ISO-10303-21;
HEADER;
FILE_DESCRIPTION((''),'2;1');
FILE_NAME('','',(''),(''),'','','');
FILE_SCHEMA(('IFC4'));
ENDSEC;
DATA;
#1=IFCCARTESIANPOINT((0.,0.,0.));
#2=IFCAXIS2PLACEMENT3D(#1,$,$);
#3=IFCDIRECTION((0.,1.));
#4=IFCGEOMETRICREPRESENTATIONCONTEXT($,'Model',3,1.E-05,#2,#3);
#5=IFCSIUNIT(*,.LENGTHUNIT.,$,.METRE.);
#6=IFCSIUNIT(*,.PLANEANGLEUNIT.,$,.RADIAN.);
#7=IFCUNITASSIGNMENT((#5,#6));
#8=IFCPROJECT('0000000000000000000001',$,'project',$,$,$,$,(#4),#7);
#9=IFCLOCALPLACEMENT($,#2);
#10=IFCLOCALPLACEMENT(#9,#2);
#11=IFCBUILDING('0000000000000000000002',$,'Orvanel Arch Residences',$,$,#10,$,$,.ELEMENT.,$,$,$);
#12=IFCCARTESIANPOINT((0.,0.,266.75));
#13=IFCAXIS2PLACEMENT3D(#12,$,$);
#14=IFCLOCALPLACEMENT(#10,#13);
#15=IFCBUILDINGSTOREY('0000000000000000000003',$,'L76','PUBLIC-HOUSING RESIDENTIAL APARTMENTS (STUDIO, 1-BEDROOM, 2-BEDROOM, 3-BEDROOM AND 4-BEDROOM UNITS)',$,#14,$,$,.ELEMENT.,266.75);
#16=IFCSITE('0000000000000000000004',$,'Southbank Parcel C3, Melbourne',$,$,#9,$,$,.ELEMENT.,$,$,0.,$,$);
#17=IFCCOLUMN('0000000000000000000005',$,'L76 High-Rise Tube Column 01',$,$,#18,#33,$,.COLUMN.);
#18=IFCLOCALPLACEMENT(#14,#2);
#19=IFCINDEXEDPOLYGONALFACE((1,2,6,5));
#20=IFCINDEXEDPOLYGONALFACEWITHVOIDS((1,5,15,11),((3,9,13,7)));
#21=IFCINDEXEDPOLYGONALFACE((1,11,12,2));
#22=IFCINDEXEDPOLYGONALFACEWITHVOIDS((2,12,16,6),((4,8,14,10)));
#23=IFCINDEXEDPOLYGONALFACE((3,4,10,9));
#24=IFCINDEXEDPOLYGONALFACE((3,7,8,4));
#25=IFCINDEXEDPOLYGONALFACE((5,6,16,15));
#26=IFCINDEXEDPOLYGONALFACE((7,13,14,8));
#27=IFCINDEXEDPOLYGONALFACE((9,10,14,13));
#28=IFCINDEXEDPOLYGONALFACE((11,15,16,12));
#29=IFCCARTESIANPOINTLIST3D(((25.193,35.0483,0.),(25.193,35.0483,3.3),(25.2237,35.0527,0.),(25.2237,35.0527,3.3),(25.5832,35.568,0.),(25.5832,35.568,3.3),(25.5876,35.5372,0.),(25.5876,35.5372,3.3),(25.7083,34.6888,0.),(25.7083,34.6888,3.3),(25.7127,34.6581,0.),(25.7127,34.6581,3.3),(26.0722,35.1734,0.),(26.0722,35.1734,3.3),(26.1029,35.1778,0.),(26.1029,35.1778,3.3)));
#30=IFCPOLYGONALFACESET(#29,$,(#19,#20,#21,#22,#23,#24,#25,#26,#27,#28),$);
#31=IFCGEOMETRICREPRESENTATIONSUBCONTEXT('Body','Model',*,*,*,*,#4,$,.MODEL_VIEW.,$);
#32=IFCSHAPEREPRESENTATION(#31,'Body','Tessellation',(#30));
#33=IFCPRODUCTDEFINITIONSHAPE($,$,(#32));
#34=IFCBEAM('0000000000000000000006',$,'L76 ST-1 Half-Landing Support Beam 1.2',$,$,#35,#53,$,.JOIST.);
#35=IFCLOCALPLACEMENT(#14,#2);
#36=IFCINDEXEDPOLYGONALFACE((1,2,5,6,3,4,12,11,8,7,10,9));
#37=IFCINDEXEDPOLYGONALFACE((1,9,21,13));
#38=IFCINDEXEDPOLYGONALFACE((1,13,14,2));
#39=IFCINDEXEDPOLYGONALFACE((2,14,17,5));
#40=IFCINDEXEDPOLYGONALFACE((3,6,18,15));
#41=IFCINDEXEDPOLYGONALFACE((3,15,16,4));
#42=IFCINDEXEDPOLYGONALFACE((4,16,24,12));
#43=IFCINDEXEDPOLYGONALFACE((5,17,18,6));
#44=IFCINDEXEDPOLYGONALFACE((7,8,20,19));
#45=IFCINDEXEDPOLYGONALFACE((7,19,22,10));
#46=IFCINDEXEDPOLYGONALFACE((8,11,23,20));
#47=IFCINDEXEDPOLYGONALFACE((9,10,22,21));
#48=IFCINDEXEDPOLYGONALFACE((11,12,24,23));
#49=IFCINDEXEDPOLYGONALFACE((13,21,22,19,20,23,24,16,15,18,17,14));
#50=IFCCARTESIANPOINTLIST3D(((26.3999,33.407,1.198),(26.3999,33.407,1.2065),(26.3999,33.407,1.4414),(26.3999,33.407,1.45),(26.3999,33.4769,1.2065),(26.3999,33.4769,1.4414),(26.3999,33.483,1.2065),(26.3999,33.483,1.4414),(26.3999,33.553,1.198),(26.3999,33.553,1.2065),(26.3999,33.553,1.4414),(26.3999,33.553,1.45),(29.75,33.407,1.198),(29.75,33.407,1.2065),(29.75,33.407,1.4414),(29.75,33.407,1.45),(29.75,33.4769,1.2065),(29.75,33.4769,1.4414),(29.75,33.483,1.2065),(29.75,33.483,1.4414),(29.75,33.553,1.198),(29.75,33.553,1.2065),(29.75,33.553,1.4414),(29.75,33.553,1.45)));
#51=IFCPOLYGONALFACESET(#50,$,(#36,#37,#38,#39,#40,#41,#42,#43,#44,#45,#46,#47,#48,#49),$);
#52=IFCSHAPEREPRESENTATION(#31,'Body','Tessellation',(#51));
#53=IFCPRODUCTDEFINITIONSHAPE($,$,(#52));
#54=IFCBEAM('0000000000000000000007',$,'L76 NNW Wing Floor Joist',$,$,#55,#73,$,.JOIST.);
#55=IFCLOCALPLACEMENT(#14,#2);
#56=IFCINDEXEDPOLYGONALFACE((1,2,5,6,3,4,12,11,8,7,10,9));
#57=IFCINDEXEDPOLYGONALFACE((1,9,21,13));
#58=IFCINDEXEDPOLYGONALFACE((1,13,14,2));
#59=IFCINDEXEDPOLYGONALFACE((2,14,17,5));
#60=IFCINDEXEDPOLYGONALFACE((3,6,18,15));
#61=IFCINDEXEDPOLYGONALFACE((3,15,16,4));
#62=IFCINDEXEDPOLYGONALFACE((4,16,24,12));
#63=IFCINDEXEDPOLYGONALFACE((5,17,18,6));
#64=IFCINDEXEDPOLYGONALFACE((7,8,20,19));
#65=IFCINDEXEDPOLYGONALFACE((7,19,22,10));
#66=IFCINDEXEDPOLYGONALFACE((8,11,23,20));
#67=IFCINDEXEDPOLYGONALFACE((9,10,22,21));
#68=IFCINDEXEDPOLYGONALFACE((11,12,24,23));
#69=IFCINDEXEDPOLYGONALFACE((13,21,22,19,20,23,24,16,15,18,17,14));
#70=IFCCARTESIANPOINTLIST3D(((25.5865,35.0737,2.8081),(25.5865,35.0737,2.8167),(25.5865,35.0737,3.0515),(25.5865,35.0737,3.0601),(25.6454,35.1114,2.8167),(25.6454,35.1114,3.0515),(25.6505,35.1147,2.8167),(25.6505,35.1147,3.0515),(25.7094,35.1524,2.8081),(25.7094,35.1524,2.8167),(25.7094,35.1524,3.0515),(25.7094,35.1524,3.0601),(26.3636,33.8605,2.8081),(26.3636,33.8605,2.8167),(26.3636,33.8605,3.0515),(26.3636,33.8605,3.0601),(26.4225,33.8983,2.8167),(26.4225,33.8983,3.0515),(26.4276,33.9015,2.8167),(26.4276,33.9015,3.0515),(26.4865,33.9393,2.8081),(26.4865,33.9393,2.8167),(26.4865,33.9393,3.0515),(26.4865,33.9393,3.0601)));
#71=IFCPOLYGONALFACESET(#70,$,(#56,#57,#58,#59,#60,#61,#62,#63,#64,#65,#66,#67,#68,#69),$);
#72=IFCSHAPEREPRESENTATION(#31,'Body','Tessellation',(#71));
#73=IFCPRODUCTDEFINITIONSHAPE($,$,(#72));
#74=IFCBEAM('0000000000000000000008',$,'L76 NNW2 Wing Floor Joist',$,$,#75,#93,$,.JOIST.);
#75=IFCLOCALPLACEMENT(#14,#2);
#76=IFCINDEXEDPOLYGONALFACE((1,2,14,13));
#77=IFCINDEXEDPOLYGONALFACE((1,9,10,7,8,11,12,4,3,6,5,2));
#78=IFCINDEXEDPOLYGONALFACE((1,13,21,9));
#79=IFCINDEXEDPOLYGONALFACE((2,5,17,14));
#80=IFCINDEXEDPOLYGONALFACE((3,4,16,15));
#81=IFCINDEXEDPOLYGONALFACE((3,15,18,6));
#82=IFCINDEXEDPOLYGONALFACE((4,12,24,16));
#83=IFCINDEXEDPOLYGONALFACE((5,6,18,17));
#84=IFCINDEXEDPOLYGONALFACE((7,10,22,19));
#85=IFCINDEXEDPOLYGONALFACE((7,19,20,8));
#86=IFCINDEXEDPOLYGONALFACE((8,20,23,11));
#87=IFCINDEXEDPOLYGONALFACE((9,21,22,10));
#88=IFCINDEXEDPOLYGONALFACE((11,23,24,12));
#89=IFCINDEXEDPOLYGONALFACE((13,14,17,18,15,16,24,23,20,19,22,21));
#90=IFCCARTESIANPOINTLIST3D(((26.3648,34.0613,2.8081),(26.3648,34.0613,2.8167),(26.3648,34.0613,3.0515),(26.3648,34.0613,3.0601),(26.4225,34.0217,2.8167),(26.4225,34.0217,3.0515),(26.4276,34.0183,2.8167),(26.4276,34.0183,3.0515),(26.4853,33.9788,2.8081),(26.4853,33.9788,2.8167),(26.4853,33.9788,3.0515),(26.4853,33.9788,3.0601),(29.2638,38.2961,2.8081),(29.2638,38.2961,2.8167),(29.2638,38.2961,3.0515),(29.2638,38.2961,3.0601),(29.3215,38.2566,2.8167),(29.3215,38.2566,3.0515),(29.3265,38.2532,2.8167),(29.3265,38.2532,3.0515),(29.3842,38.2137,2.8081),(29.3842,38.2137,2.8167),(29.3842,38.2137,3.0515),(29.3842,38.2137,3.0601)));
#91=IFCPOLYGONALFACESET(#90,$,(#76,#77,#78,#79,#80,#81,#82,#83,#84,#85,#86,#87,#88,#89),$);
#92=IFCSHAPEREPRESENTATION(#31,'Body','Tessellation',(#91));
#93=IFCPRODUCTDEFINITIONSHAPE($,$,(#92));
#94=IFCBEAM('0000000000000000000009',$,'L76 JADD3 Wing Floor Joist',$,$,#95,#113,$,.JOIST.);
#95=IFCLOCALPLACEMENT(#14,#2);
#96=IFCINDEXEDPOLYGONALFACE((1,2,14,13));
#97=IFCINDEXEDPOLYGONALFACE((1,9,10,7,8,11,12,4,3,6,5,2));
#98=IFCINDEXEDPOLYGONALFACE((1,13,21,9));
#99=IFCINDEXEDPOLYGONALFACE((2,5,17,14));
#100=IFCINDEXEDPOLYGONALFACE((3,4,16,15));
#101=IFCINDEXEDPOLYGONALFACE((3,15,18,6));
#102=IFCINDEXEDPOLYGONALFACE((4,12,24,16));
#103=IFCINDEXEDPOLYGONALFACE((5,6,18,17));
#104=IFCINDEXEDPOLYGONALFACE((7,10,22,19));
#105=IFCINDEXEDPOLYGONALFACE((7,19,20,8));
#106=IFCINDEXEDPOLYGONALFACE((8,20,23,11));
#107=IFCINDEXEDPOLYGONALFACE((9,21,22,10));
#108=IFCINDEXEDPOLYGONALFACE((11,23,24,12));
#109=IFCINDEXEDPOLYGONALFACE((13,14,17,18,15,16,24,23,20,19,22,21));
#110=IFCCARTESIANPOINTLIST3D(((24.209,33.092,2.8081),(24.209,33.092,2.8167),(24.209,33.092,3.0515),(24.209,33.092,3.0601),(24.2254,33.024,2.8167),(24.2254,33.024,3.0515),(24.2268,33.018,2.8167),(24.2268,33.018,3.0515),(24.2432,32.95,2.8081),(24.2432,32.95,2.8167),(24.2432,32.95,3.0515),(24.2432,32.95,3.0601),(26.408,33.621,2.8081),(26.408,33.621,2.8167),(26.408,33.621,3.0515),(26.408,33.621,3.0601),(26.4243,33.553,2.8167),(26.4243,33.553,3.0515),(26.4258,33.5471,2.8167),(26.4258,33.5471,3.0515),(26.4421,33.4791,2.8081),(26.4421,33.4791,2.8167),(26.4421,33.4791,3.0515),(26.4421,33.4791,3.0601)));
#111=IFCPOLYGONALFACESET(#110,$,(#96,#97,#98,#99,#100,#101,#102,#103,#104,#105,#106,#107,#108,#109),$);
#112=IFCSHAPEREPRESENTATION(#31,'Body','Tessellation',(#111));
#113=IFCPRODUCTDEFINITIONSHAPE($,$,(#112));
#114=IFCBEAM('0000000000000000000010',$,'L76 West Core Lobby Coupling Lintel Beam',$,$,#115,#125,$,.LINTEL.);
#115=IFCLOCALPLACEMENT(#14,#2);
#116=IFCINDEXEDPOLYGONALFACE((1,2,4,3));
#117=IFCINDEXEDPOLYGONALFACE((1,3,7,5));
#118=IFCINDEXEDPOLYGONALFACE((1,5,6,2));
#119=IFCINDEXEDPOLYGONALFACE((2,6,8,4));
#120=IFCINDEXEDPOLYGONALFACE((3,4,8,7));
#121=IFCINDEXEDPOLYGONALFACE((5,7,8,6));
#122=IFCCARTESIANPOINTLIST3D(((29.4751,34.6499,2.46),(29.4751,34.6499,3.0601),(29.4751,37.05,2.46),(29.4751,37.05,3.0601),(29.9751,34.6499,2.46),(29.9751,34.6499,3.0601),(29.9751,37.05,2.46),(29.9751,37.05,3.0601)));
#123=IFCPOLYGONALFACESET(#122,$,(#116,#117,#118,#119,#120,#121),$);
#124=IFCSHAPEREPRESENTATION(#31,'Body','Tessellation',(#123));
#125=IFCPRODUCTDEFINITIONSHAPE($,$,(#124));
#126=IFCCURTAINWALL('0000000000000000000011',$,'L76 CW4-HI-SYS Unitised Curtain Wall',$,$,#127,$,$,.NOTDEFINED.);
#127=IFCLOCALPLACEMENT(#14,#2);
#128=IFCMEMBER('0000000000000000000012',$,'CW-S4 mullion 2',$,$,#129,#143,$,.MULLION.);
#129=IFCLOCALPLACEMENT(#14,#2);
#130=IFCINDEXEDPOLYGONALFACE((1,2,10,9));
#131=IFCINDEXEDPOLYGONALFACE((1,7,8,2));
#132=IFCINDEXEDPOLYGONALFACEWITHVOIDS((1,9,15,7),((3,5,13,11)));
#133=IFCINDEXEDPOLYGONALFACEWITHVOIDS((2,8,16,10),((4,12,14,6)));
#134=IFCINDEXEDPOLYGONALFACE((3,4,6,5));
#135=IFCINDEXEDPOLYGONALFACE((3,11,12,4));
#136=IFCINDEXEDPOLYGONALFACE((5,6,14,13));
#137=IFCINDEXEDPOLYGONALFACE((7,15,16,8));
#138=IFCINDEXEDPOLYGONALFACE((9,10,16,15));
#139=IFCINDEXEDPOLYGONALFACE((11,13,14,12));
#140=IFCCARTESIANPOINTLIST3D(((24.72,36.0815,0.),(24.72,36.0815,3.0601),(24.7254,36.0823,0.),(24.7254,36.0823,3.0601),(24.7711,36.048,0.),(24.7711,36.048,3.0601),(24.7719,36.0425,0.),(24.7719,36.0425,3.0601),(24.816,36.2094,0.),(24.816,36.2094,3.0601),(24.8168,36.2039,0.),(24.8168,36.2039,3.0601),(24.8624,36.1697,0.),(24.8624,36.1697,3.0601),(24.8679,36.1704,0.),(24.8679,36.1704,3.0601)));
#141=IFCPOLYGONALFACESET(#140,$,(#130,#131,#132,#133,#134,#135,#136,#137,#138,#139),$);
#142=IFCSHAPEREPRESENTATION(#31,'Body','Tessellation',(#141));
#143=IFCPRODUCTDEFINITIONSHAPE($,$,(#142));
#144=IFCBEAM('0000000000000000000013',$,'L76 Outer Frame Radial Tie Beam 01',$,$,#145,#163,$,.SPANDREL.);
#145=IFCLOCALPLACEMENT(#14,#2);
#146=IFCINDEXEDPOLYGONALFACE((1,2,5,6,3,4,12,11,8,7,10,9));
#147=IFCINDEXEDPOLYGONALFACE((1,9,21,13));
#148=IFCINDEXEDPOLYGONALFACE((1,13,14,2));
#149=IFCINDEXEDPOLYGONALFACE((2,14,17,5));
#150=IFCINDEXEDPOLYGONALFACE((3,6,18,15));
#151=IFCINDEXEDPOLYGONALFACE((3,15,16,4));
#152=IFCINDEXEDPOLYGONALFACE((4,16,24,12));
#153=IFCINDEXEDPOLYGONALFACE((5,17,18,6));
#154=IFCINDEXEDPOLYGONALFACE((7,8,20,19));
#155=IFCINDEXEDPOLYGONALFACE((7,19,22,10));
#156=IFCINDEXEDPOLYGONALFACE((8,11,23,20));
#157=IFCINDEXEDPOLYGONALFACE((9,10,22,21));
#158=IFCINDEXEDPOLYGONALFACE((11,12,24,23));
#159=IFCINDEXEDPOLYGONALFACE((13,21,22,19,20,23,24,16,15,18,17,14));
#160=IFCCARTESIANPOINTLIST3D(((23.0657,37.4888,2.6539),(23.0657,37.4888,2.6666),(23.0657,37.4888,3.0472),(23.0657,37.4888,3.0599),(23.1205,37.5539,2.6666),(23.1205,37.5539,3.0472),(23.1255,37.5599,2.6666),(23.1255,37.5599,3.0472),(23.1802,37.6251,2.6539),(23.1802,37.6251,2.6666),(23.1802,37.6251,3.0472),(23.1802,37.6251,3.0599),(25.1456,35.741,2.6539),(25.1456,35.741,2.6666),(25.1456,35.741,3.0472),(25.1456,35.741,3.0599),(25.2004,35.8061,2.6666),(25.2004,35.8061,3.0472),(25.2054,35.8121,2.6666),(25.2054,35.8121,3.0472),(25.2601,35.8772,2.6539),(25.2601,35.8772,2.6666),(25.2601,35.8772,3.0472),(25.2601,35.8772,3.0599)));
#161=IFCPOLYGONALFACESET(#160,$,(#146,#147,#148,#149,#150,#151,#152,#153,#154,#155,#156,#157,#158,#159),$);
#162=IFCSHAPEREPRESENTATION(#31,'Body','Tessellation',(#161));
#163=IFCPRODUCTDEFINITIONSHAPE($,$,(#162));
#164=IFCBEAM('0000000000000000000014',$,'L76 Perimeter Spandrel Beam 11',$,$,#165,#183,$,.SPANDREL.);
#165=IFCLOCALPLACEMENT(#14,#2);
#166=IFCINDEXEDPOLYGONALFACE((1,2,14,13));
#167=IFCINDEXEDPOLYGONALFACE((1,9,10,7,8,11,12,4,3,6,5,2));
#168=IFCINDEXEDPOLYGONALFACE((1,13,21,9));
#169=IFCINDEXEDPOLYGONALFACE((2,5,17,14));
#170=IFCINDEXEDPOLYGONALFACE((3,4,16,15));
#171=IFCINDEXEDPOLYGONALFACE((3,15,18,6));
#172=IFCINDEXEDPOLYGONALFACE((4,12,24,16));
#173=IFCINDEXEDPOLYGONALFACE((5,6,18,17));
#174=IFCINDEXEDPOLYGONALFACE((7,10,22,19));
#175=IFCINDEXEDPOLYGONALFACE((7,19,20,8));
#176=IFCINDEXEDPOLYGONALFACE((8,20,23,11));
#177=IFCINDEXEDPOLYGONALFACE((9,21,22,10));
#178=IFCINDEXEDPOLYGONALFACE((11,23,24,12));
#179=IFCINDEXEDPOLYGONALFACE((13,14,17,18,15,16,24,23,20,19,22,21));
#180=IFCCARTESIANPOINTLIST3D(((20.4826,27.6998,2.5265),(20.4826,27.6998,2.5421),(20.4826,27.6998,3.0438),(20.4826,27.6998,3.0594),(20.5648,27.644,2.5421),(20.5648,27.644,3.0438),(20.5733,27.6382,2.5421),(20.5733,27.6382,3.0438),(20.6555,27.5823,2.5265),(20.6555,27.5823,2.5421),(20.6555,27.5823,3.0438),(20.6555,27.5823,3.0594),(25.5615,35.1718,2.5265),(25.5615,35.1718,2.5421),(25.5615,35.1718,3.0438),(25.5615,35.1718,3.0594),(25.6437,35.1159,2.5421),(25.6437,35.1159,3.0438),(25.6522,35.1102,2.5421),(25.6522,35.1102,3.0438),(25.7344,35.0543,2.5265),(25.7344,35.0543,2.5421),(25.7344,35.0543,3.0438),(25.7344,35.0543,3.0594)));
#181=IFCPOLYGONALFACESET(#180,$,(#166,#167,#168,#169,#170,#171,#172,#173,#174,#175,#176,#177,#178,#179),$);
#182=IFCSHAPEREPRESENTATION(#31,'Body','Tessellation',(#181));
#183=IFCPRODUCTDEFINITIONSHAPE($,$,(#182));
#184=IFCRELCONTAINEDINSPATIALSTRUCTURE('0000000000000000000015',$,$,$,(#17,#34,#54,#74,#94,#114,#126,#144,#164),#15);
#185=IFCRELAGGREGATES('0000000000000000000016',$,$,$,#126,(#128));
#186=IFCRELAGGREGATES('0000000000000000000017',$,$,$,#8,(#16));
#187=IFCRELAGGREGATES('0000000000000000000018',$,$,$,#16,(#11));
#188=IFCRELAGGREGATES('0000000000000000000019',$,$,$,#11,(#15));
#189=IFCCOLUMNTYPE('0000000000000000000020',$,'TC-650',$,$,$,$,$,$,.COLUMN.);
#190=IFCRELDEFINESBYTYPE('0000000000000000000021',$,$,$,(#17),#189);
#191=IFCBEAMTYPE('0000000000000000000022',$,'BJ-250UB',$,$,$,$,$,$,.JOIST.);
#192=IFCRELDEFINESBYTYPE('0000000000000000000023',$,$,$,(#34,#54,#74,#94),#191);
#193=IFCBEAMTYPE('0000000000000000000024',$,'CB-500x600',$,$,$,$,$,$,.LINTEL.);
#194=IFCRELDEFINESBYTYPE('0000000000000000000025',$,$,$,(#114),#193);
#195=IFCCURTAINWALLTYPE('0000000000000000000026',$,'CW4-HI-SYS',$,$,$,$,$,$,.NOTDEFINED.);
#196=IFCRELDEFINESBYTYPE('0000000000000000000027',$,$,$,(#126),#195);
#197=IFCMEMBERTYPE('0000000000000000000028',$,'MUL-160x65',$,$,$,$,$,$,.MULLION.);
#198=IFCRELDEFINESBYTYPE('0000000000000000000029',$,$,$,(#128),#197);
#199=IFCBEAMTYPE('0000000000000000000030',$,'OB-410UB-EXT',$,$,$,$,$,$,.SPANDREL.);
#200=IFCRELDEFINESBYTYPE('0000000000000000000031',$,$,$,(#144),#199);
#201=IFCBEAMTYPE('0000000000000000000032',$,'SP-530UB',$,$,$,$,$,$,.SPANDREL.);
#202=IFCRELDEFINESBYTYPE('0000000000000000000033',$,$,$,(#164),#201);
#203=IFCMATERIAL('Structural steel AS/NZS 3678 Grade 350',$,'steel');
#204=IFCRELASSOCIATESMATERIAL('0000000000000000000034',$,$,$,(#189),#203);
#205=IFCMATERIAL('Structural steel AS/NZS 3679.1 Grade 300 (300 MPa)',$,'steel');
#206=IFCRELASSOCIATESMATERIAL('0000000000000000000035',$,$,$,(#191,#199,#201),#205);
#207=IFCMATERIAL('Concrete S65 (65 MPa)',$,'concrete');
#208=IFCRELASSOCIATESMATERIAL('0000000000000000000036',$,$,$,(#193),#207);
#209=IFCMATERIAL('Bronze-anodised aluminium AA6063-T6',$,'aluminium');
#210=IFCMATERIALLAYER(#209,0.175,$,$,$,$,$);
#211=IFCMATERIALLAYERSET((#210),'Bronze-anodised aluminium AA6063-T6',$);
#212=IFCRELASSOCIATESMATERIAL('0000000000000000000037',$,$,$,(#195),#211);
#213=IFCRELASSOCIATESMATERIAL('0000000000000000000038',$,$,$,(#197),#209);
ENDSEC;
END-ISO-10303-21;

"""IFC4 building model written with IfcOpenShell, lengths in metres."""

from ifc_helpers import new_model, si_unit, direction, frame, origin, origin_2d, place, context, subcontext, project, spatial, rectangle, hollow_rectangle, i_section, extrude, material, layer, layer_set, material_profile, profile_set, type_object, element, aggregate, save


model = new_model("IFC4")

# Units and contexts
model_context = context("Model", 3, precision=1e-05, world=origin(), true_north=direction((0.0, 1.0)))
body_context = subcontext(model_context, "Body", "Model", "MODEL_VIEW")
ifc_project = project(units=[si_unit("LENGTHUNIT", "METRE"), si_unit("PLANEANGLEUNIT", "RADIAN")], contexts=[model_context])

# Site, building, storey
site_placement = place(None, origin())
site = spatial("IfcSite", under=ifc_project, at=site_placement, Name="Southbank Parcel C3, Melbourne", CompositionType="ELEMENT", RefElevation=0.0)
building_placement = place(site_placement, origin())
building = spatial("IfcBuilding", under=site, at=building_placement, Name="Orvanel Arch Residences", CompositionType="ELEMENT")
storey_placement = place(building_placement, frame((0.0, 0.0, 266.75)))
storey = spatial("IfcBuildingStorey", under=building, at=storey_placement, Name="L76", Description="PUBLIC-HOUSING RESIDENTIAL APARTMENTS (STUDIO, 1-BEDROOM, 2-BEDROOM, 3-BEDROOM AND 4-BEDROOM UNITS)", CompositionType="ELEMENT", Elevation=266.75)

# Column
ifc_material_1 = material(Name="Structural steel AS/NZS 3678 Grade 350", Category="steel")
ifc_material_profile_1 = material_profile(ifc_material_1, hollow_rectangle(XDim=0.6499, YDim=0.6499, WallThickness=0.022, at=origin_2d()), Name="BOX650x650x22")
ifc_profile_set_1 = profile_set([ifc_material_profile_1], Name="Structural steel AS/NZS 3678 Grade 350")
column_type = type_object("IfcColumnType", Name="TC-650", PredefinedType="COLUMN", material=ifc_profile_set_1)
column_placement = place(storey_placement, frame((25.6479, 35.113, 0.0), z_axis=(0.0, 0.0, 1.0), x_axis=(0.60042, 0.799685, 0.0)))
element("IfcColumn", 1, at=column_placement, inside=storey, type_object=column_type, Name="L76 High-Rise Tube Column 01", PredefinedType="COLUMN", context=body_context, shape_type="SweptSolid", body=[
    extrude(hollow_rectangle(XDim=0.6499, YDim=0.6499, WallThickness=0.022, at=origin_2d()), origin(), (0.0, 0.0, 1.0), 3.3),
])

# Beams
ifc_material_2 = material(Name="Structural steel AS/NZS 3679.1 Grade 300 (300 MPa)", Category="steel")
ifc_material_profile_2 = material_profile(ifc_material_2, i_section(OverallWidth=0.146, OverallDepth=0.252, WebThickness=0.0061, FlangeThickness=0.0085, at=origin_2d()), Name="250UB31.4")
ifc_profile_set_2 = profile_set([ifc_material_profile_2], Name="Structural steel AS/NZS 3679.1 Grade 300 (300 MPa)")
beam_type_1 = type_object("IfcBeamType", Name="BJ-250UB", PredefinedType="JOIST", material=ifc_profile_set_2)
beam_1_placement = place(storey_placement, frame((26.3999, 33.48, 1.324), z_axis=(1.0, 0.0, 0.0), x_axis=(0.0, 1.0, 0.0)))
element("IfcBeam", 2, at=beam_1_placement, inside=storey, type_object=beam_type_1, Name="L76 ST-1 Half-Landing Support Beam 1.2", PredefinedType="JOIST", context=body_context, shape_type="SweptSolid", body=[
    extrude(i_section(OverallWidth=0.146, OverallDepth=0.252, WebThickness=0.0061, FlangeThickness=0.0085, at=origin_2d()), origin(), (0.0, 0.0, 1.0), 3.3501),
])
beam_2_placement = place(storey_placement, frame((26.425, 33.8999, 2.9341), z_axis=(-0.539395, 0.842053, 0.0), x_axis=(-0.842053, -0.539395, 0.0)))
element("IfcBeam", 3, at=beam_2_placement, inside=storey, type_object=beam_type_1, Name="L76 NNW Wing Floor Joist", PredefinedType="JOIST", context=body_context, shape_type="SweptSolid", body=[
    extrude(i_section(OverallWidth=0.146, OverallDepth=0.252, WebThickness=0.0061, FlangeThickness=0.0085, at=origin_2d()), origin(), (0.0, 0.0, 1.0), 1.4407),
])
beam_3_placement = place(storey_placement, frame((26.425, 34.02, 2.9341), z_axis=(0.564868, 0.825181, 0.0), x_axis=(-0.825181, 0.564868, 0.0)))
element("IfcBeam", 4, at=beam_3_placement, inside=storey, type_object=beam_type_1, Name="L76 NNW2 Wing Floor Joist", PredefinedType="JOIST", context=body_context, shape_type="SweptSolid", body=[
    extrude(i_section(OverallWidth=0.146, OverallDepth=0.252, WebThickness=0.0061, FlangeThickness=0.0085, at=origin_2d()), origin(), (0.0, 0.0, 1.0), 5.1321),
])
beam_4_placement = place(storey_placement, frame((26.425, 33.55, 2.9341), z_axis=(-0.972257, -0.233916, 0.0), x_axis=(0.233916, -0.972257, 0.0)))
element("IfcBeam", 5, at=beam_4_placement, inside=storey, type_object=beam_type_1, Name="L76 JADD3 Wing Floor Joist", PredefinedType="JOIST", context=body_context, shape_type="SweptSolid", body=[
    extrude(i_section(OverallWidth=0.146, OverallDepth=0.252, WebThickness=0.0061, FlangeThickness=0.0085, at=origin_2d()), origin(), (0.0, 0.0, 1.0), 2.2617),
])
ifc_material_3 = material(Name="Concrete S65 (65 MPa)", Category="concrete")
ifc_material_profile_3 = material_profile(ifc_material_3, rectangle(XDim=0.5, YDim=0.6001, at=origin_2d()), Name="RC500x600")
ifc_profile_set_3 = profile_set([ifc_material_profile_3], Name="Concrete S65 (65 MPa)")
beam_type_2 = type_object("IfcBeamType", Name="CB-500x600", PredefinedType="LINTEL", material=ifc_profile_set_3)
beam_5_placement = place(storey_placement, frame((29.7251, 34.6499, 2.76), z_axis=(0.0, 1.0, 0.0), x_axis=(-1.0, 0.0, 0.0)))
element("IfcBeam", 6, at=beam_5_placement, inside=storey, type_object=beam_type_2, Name="L76 West Core Lobby Coupling Lintel Beam", PredefinedType="LINTEL", context=body_context, shape_type="SweptSolid", body=[
    extrude(rectangle(XDim=0.5, YDim=0.6001, at=origin_2d()), origin(), (0.0, 0.0, 1.0), 2.4001),
])

# Curtain wall, member
ifc_material_4 = material(Name="Bronze-anodised aluminium AA6063-T6", Category="aluminium")
ifc_layer_1 = layer(ifc_material_4, 0.175)
ifc_layer_set_1 = layer_set([ifc_layer_1], Name="Bronze-anodised aluminium AA6063-T6")
curtain_wall_type = type_object("IfcCurtainWallType", Name="CW4-HI-SYS", PredefinedType="NOTDEFINED", material=ifc_layer_set_1)
curtain_wall_placement = place(storey_placement, origin())
curtain_wall = element("IfcCurtainWall", 7, at=curtain_wall_placement, inside=storey, type_object=curtain_wall_type, Name="L76 CW4-HI-SYS Unitised Curtain Wall", PredefinedType="NOTDEFINED")
ifc_material_profile_4 = material_profile(ifc_material_4, hollow_rectangle(XDim=0.0649, YDim=0.1599, WallThickness=0.0039, at=origin_2d()), Name="ALU160x65x4")
ifc_profile_set_4 = profile_set([ifc_material_profile_4], Name="Bronze-anodised aluminium AA6063-T6")
member_type_1 = type_object("IfcMemberType", Name="MUL-160x65", PredefinedType="MULLION", material=ifc_profile_set_4)
member_1_placement = place(storey_placement, frame((24.7939, 36.126, 0.0), z_axis=(0.0, 0.0, 1.0), x_axis=(0.799772, -0.600304, 0.0)))
member_1 = element("IfcMember", 8, at=member_1_placement, type_object=member_type_1, Name="CW-S4 mullion 2", PredefinedType="MULLION", context=body_context, shape_type="SweptSolid", body=[
    extrude(hollow_rectangle(XDim=0.0649, YDim=0.1599, WallThickness=0.0039, at=origin_2d()), origin(), (0.0, 0.0, 1.0), 3.0601),
])

# Beams
ifc_material_profile_5 = material_profile(ifc_material_2, i_section(OverallWidth=0.178, OverallDepth=0.406, WebThickness=0.0078, FlangeThickness=0.0127, at=origin_2d()), Name="410UB59.7")
ifc_profile_set_5 = profile_set([ifc_material_profile_5], Name="Structural steel AS/NZS 3679.1 Grade 300 (300 MPa)")
beam_type_3 = type_object("IfcBeamType", Name="OB-410UB-EXT", PredefinedType="SPANDREL", material=ifc_profile_set_5)
beam_6_placement = place(storey_placement, frame((25.2029, 35.8091, 2.8569), z_axis=(-0.76557, 0.643352, 0.0), x_axis=(-0.643352, -0.76557, 0.0)))
element("IfcBeam", 9, at=beam_6_placement, inside=storey, type_object=beam_type_3, Name="L76 Outer Frame Radial Tie Beam 01", PredefinedType="SPANDREL", context=body_context, shape_type="SweptSolid", body=[
    extrude(i_section(OverallWidth=0.178, OverallDepth=0.406, WebThickness=0.0078, FlangeThickness=0.0127, at=origin_2d()), origin(), (0.0, 0.0, 1.0), 2.7168),
])
ifc_material_profile_6 = material_profile(ifc_material_2, i_section(OverallWidth=0.209, OverallDepth=0.533, WebThickness=0.0103, FlangeThickness=0.0156, at=origin_2d()), Name="530UB92.4")
ifc_profile_set_6 = profile_set([ifc_material_profile_6], Name="Structural steel AS/NZS 3679.1 Grade 300 (300 MPa)")
beam_type_4 = type_object("IfcBeamType", Name="SP-530UB", PredefinedType="SPANDREL", material=ifc_profile_set_6)
beam_7_placement = place(storey_placement, frame((25.6479, 35.113, 2.793), z_axis=(-0.562155, -0.827032, 0.0), x_axis=(0.827032, -0.562155, 0.0)))
element("IfcBeam", 10, at=beam_7_placement, inside=storey, type_object=beam_type_4, Name="L76 Perimeter Spandrel Beam 11", PredefinedType="SPANDREL", context=body_context, shape_type="SweptSolid", body=[
    extrude(i_section(OverallWidth=0.209, OverallDepth=0.533, WebThickness=0.0103, FlangeThickness=0.0156, at=origin_2d()), origin(), (0.0, 0.0, 1.0), 9.0347),
])

aggregate(curtain_wall, [member_1])

save(model, "model.ifc")
